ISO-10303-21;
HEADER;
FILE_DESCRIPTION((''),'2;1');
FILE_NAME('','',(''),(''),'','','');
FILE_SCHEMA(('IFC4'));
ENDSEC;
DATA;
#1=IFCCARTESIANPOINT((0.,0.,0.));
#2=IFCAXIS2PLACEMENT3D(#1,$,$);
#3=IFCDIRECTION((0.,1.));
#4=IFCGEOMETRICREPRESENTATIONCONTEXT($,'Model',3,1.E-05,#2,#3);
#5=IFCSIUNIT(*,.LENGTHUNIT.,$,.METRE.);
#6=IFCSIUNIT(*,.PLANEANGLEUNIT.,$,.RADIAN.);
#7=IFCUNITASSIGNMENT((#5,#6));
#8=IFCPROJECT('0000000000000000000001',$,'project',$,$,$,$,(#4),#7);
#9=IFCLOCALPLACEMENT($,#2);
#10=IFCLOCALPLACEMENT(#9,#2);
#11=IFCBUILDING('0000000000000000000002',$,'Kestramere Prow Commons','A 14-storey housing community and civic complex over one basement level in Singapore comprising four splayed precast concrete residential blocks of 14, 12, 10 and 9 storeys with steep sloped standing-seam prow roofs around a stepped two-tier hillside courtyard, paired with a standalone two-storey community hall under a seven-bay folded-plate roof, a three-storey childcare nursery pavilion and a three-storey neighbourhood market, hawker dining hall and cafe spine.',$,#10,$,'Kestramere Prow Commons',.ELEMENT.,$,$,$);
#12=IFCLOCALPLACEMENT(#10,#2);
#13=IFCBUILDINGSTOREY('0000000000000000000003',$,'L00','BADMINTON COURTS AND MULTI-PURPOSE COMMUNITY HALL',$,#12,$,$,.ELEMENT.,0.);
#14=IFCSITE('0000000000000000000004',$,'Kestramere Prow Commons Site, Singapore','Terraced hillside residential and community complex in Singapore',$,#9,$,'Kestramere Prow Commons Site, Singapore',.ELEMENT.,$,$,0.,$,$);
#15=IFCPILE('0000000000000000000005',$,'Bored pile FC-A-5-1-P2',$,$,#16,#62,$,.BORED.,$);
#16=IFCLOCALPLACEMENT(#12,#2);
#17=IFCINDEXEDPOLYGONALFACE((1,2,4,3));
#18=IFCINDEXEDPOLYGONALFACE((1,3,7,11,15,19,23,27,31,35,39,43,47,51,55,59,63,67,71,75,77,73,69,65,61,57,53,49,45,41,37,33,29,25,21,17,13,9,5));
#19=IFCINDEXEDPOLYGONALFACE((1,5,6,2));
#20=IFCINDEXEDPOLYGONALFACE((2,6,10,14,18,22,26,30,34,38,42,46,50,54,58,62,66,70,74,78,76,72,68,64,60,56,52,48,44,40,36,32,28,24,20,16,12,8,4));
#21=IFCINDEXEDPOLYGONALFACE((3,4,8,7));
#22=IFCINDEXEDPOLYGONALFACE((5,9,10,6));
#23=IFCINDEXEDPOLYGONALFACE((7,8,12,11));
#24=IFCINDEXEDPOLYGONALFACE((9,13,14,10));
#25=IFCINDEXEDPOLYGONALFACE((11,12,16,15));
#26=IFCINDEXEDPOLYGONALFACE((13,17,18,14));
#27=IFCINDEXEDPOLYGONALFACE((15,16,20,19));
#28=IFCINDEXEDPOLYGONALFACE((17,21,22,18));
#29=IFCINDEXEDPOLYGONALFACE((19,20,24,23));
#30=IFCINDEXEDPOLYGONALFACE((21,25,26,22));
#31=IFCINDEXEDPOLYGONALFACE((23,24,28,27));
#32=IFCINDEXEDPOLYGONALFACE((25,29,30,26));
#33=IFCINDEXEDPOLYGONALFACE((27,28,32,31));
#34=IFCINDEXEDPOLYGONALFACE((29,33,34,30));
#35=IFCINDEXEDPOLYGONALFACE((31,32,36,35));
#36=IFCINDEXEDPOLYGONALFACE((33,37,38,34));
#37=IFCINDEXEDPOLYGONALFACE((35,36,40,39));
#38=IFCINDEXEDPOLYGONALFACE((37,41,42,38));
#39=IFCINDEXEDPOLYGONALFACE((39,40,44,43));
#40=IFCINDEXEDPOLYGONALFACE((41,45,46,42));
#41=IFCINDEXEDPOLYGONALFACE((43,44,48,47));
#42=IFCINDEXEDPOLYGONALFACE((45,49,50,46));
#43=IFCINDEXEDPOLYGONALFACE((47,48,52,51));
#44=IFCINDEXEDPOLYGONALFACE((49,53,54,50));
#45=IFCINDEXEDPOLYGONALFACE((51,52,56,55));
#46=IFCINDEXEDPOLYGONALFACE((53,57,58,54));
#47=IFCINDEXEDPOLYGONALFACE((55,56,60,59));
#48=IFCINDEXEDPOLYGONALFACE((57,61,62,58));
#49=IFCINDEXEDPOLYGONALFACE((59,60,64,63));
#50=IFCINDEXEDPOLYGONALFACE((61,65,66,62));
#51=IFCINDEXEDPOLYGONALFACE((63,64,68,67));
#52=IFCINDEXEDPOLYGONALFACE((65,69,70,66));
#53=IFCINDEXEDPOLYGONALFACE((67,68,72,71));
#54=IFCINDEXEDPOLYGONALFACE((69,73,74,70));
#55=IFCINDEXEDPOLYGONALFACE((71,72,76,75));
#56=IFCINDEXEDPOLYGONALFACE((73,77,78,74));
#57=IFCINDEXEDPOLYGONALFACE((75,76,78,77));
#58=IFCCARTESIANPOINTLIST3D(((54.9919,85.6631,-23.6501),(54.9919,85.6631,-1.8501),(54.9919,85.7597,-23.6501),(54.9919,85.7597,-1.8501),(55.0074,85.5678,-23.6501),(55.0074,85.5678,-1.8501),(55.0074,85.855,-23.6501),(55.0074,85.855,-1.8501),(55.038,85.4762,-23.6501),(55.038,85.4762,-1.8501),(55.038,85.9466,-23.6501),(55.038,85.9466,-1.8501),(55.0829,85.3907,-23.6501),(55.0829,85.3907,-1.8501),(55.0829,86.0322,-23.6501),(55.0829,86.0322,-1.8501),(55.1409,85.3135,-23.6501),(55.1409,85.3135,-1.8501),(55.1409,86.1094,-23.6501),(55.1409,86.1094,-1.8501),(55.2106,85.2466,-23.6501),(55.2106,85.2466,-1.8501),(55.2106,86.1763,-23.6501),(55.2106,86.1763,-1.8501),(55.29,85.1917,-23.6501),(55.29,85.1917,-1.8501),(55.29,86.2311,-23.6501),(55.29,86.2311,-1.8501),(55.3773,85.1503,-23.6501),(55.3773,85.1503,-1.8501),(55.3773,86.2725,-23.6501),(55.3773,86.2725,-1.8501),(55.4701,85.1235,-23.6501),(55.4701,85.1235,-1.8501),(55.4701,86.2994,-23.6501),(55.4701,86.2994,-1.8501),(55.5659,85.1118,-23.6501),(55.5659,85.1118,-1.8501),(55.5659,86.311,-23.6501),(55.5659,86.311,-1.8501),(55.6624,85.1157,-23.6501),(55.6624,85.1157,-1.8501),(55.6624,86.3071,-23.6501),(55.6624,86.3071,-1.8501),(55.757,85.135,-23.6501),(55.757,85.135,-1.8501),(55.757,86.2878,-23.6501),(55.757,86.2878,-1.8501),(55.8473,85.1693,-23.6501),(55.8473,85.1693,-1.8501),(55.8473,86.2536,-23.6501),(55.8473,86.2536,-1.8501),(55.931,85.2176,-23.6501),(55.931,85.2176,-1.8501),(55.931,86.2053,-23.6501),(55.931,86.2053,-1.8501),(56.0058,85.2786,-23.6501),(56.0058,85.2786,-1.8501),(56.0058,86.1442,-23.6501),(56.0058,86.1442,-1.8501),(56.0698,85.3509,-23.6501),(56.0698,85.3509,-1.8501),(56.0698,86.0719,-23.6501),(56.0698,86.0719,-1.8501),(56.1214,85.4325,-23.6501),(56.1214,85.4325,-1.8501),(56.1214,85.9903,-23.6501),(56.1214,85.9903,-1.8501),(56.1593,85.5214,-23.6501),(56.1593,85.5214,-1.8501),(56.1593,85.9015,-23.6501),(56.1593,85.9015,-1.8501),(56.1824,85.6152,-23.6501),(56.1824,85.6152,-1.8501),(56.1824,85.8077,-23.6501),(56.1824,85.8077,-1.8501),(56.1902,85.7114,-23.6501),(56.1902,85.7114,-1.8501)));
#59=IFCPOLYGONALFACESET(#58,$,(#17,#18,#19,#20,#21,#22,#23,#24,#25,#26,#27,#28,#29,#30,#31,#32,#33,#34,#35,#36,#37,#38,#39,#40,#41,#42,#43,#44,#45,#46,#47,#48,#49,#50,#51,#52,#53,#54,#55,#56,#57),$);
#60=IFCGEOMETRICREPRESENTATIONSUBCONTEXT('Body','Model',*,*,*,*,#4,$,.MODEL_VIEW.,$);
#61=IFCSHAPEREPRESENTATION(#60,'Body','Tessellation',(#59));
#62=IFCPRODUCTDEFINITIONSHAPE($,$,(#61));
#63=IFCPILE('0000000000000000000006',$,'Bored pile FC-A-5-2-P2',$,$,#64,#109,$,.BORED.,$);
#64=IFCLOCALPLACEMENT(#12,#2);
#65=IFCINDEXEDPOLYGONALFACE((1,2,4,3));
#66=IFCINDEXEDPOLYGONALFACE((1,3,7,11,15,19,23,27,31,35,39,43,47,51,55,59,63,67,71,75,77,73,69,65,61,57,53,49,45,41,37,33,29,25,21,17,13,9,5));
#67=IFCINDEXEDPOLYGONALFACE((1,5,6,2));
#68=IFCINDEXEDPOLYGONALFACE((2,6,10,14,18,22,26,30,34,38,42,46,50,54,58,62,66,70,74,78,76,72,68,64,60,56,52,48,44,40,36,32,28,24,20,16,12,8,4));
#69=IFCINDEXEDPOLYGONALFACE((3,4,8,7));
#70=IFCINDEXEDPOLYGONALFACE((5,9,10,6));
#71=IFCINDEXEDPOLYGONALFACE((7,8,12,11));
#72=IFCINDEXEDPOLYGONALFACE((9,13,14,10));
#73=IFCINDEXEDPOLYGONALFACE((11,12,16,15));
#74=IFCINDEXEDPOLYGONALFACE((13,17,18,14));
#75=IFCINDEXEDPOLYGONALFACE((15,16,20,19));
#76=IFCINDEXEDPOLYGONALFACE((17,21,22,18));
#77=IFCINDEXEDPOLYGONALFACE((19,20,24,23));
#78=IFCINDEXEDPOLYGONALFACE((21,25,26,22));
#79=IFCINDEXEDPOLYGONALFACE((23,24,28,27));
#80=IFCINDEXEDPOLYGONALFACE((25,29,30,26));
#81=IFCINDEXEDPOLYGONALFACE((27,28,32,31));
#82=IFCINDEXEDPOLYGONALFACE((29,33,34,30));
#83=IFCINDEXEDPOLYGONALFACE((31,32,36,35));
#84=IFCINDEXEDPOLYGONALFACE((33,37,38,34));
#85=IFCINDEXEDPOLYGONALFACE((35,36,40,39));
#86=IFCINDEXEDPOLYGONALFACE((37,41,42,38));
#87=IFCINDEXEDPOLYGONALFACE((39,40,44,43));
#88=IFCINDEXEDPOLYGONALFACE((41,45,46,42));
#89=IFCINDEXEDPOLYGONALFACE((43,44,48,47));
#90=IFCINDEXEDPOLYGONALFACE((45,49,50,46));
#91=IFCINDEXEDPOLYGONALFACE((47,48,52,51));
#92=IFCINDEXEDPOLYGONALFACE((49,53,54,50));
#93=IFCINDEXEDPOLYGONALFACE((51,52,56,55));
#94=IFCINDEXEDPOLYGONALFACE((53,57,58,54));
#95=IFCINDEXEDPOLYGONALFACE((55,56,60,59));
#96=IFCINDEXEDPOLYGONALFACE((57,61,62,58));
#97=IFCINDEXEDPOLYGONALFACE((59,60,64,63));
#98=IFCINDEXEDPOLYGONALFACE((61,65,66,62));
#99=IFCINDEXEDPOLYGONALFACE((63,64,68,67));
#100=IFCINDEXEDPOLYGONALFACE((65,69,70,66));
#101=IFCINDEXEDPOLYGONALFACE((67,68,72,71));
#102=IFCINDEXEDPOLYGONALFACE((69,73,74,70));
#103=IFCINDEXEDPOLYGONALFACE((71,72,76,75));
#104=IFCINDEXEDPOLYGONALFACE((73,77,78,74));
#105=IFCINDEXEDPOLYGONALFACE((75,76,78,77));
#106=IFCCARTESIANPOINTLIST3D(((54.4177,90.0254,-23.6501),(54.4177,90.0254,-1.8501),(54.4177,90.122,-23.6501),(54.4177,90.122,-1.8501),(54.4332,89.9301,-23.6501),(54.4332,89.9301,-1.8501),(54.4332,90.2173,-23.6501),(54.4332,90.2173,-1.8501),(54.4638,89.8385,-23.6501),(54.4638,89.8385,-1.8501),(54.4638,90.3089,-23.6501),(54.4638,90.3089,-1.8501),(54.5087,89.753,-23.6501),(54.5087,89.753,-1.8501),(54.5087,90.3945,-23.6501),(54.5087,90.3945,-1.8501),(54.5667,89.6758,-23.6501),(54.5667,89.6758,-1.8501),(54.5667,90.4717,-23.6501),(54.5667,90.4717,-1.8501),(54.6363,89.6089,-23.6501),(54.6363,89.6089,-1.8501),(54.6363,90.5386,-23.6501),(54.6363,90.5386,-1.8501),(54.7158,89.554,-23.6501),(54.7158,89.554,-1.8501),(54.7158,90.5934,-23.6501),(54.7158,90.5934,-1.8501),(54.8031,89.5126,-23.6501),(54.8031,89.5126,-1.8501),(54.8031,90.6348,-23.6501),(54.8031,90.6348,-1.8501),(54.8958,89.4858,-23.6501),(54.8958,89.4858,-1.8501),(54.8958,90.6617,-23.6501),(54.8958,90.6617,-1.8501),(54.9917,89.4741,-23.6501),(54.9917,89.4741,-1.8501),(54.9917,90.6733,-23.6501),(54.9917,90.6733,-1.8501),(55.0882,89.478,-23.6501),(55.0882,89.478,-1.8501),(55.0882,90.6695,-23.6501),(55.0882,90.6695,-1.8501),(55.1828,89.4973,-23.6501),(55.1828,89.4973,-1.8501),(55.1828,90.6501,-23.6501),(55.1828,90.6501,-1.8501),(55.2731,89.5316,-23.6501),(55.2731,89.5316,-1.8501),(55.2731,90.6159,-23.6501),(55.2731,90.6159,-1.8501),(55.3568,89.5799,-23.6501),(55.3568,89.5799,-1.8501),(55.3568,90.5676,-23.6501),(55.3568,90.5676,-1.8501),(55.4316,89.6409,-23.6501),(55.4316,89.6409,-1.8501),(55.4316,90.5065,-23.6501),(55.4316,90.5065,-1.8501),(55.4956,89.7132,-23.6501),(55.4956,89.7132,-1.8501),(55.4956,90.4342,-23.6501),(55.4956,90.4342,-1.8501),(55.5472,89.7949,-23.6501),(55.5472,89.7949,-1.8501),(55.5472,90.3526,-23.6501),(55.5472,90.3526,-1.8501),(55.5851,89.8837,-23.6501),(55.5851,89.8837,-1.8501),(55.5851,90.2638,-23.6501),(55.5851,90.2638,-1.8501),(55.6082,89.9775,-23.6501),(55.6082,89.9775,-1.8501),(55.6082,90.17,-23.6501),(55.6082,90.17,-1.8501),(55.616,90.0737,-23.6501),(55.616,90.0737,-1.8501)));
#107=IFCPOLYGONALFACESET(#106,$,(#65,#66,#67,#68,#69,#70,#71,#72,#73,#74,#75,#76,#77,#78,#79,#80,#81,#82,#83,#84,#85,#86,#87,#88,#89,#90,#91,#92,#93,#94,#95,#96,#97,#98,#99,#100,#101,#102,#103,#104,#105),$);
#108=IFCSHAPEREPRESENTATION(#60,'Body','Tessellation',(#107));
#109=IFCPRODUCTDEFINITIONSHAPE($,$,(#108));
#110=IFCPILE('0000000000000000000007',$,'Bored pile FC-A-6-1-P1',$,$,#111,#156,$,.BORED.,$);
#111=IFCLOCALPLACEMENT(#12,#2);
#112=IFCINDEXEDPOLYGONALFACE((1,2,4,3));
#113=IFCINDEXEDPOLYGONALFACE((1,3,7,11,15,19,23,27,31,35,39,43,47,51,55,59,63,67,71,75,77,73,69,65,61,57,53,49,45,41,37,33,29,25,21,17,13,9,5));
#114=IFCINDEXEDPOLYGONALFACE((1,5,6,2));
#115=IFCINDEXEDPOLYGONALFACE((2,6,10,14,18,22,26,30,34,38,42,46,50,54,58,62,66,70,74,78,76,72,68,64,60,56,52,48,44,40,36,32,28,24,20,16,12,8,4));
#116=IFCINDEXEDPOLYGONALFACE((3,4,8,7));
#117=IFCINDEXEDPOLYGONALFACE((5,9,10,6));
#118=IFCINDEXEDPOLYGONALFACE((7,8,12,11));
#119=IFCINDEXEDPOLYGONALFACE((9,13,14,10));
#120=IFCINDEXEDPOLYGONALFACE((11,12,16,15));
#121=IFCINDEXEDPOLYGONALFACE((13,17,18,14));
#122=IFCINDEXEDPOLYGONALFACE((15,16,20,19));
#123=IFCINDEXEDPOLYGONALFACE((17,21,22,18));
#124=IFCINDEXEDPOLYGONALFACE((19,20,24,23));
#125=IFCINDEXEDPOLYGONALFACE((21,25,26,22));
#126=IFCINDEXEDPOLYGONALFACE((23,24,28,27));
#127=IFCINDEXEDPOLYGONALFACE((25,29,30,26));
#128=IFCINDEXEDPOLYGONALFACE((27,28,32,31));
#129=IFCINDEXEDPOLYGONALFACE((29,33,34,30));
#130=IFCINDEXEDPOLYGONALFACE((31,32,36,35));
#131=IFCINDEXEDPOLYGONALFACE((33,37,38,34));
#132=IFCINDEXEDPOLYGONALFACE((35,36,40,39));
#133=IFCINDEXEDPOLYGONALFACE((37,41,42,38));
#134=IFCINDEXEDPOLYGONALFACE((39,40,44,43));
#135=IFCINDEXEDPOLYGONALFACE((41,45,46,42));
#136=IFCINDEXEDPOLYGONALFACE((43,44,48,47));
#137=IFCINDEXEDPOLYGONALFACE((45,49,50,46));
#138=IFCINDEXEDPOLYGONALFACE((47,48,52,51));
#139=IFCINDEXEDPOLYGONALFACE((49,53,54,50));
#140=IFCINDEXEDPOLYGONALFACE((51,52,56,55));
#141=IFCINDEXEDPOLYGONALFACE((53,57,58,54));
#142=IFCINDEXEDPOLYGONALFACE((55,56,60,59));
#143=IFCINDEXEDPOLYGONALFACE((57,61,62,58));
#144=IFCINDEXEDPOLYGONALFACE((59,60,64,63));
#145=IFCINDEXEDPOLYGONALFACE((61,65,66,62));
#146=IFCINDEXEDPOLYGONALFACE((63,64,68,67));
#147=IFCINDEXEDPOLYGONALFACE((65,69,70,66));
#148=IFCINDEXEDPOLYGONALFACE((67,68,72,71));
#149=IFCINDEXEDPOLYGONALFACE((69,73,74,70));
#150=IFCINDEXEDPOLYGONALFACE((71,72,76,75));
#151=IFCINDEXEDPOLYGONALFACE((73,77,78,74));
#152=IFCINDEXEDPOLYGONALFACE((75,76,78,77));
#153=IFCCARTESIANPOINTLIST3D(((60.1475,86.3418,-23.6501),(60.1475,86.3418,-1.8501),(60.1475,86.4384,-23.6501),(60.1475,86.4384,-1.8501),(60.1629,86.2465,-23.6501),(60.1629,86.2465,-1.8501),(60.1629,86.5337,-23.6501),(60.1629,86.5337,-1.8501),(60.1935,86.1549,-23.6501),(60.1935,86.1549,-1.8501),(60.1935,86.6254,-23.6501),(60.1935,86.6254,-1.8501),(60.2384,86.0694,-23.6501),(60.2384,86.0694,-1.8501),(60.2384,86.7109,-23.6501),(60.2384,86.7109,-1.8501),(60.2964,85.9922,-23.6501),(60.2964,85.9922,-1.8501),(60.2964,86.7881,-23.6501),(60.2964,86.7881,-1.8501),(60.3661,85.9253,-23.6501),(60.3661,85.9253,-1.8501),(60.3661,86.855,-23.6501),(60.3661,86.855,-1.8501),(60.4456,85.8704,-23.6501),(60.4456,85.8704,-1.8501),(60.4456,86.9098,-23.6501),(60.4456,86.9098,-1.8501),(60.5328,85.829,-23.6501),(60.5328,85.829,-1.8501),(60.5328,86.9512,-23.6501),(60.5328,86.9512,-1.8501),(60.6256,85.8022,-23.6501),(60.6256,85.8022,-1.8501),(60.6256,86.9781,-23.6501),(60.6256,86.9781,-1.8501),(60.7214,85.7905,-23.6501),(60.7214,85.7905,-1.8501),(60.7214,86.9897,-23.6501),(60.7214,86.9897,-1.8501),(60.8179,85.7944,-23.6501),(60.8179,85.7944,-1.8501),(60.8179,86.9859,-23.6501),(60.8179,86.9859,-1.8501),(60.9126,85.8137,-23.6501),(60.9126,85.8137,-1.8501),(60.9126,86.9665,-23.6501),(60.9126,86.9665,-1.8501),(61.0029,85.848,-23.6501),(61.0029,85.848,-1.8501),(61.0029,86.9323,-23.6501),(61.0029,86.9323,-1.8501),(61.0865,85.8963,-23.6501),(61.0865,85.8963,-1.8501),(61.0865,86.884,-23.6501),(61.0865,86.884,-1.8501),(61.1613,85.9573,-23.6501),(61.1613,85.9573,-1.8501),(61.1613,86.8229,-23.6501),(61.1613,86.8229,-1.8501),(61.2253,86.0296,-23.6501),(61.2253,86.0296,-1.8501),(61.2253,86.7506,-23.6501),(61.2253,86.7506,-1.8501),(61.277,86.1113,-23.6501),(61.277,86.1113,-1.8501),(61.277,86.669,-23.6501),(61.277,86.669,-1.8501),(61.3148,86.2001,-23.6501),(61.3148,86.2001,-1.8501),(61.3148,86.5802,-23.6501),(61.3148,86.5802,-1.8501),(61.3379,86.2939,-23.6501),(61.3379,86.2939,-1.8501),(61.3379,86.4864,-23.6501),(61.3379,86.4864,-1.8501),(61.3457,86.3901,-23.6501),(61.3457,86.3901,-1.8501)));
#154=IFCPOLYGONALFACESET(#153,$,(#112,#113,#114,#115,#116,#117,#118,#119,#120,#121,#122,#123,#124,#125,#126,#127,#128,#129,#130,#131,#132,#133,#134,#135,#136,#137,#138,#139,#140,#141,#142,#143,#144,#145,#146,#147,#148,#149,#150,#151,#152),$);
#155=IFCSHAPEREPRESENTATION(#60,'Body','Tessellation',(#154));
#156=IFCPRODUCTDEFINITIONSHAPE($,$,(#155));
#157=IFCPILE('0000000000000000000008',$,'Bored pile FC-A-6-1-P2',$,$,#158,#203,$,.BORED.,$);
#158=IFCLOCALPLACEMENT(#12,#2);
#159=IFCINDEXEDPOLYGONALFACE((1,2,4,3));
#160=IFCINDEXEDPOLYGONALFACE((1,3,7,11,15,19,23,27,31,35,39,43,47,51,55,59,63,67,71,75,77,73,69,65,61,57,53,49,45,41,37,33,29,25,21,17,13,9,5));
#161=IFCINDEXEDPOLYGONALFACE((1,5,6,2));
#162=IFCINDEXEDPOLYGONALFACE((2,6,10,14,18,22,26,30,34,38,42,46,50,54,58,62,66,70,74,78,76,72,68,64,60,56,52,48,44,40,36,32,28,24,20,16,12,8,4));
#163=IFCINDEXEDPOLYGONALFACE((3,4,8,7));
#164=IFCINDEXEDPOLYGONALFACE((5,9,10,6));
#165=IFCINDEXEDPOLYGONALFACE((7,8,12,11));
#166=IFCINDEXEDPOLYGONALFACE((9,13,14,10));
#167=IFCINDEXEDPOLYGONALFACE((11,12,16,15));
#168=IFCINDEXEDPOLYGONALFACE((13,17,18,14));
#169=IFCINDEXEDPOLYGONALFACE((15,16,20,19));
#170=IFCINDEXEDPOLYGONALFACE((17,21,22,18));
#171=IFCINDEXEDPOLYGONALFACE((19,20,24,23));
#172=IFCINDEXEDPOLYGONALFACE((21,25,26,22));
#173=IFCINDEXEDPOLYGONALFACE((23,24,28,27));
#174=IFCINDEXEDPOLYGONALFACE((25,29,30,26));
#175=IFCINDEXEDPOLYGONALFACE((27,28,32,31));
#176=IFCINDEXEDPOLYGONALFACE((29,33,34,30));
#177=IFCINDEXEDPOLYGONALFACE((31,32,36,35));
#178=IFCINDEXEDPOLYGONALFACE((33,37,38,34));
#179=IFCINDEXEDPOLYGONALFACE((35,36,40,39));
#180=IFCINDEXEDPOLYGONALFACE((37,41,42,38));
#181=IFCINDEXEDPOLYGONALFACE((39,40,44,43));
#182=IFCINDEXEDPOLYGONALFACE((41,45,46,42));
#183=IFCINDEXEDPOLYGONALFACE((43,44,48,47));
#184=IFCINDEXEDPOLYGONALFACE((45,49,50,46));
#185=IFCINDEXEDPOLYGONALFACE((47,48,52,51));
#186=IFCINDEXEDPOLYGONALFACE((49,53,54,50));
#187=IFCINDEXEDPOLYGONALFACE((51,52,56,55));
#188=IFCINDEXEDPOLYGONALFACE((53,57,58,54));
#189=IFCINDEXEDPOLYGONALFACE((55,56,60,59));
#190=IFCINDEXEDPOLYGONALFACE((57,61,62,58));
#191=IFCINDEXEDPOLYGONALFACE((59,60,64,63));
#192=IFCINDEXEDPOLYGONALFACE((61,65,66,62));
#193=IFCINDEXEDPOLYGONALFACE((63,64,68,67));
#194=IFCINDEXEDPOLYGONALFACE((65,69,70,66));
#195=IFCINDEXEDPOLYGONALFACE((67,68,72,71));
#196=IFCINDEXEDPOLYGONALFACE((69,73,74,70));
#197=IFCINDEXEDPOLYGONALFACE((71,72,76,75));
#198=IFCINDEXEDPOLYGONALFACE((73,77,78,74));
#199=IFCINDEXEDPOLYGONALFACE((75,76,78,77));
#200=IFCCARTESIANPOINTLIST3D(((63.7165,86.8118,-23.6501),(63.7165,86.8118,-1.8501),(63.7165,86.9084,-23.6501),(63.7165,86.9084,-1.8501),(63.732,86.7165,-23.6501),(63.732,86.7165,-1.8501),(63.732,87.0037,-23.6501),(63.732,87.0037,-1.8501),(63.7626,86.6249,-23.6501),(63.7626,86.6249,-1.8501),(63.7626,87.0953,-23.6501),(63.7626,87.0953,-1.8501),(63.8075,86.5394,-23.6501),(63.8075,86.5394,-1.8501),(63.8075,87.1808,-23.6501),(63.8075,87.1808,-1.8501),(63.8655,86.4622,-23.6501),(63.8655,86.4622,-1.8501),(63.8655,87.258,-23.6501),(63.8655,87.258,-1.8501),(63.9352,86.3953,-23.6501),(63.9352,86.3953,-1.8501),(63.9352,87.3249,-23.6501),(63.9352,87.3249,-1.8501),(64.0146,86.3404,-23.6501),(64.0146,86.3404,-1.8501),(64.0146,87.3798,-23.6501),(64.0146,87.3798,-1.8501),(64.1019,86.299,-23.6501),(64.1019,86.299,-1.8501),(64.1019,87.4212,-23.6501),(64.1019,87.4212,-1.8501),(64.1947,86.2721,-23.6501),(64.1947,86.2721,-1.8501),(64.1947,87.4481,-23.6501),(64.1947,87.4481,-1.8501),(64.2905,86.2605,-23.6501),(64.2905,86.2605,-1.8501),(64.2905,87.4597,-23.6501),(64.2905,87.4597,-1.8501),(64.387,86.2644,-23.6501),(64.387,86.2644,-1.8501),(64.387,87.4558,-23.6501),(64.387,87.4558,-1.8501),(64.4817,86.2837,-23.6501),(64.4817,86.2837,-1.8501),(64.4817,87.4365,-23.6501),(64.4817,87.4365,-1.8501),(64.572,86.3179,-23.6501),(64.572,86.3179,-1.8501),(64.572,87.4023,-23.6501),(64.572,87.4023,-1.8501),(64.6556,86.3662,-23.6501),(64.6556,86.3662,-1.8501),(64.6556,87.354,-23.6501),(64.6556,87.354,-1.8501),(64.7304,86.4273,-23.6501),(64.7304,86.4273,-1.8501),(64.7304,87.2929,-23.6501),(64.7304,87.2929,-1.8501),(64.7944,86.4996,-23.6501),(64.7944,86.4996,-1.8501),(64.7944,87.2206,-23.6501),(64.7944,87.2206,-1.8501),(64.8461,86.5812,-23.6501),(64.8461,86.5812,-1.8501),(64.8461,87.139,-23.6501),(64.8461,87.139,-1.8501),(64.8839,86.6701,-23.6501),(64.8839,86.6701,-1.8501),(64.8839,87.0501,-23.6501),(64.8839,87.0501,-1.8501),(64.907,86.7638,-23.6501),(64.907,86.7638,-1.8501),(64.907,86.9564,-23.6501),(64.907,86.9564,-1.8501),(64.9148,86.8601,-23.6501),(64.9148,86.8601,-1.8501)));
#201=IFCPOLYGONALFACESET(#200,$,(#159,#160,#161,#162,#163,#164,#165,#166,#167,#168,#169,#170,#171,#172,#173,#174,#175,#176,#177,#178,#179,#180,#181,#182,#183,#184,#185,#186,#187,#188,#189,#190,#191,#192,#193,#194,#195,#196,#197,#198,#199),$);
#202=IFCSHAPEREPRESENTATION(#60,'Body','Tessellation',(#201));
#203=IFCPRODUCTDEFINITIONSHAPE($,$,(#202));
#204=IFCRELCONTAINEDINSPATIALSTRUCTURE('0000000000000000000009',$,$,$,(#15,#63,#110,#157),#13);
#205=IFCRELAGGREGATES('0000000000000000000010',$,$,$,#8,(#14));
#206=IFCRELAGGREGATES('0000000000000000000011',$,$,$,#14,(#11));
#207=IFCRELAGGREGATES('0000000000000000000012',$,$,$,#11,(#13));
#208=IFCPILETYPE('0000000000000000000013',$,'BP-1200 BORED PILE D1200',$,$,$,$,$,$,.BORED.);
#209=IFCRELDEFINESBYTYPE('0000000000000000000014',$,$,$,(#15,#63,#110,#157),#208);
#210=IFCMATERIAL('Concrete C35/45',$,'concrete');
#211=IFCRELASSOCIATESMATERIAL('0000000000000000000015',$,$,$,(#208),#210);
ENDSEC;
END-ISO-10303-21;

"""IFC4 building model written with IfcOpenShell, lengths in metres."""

from ifc_helpers import new_model, si_unit, direction, frame, origin, origin_2d, place, context, subcontext, project, spatial, circle, extrude, material, material_profile, profile_set, type_object, element, save


model = new_model("IFC4")

# Units and contexts
model_context = context("Model", 3, precision=1e-05, world=origin(), true_north=direction((0.0, 1.0)))
body_context = subcontext(model_context, "Body", "Model", "MODEL_VIEW")
ifc_project = project(units=[si_unit("LENGTHUNIT", "METRE"), si_unit("PLANEANGLEUNIT", "RADIAN")], contexts=[model_context])

# Site, building, storey
site_placement = place(None, origin())
site = spatial("IfcSite", under=ifc_project, at=site_placement, Name="Kestramere Prow Commons Site, Singapore", Description="Terraced hillside residential and community complex in Singapore", LongName="Kestramere Prow Commons Site, Singapore", CompositionType="ELEMENT", RefElevation=0.0)
building_placement = place(site_placement, origin())
building = spatial("IfcBuilding", under=site, at=building_placement, Name="Kestramere Prow Commons", Description="A 14-storey housing community and civic complex over one basement level in Singapore comprising four splayed precast concrete residential blocks of 14, 12, 10 and 9 storeys with steep sloped standing-seam prow roofs around a stepped two-tier hillside courtyard, paired with a standalone two-storey community hall under a seven-bay folded-plate roof, a three-storey childcare nursery pavilion and a three-storey neighbourhood market, hawker dining hall and cafe spine.", LongName="Kestramere Prow Commons", CompositionType="ELEMENT")
storey_placement = place(building_placement, origin())
storey = spatial("IfcBuildingStorey", under=building, at=storey_placement, Name="L00", Description="BADMINTON COURTS AND MULTI-PURPOSE COMMUNITY HALL", CompositionType="ELEMENT", Elevation=0.0)

# Piles
ifc_material_1 = material(Name="Concrete C35/45", Category="concrete")
ifc_material_profile_1 = material_profile(ifc_material_1, circle(Radius=0.6001, at=origin_2d()), Name="BORED PILE D1200")
ifc_profile_set_1 = profile_set([ifc_material_profile_1], Name="Concrete C35/45")
pile_type_1 = type_object("IfcPileType", Name="BP-1200 BORED PILE D1200", PredefinedType="BORED", material=ifc_profile_set_1)
for number, where, z_axis, x_axis, name in (
    (1, (55.5901, 85.7114, -1.8501), (0.0, 0.0, -1.0), (1.0, 0.0, 0.0), "Bored pile FC-A-5-1-P2"),
    (2, (55.0159, 90.0737, -1.8501), (0.0, 0.0, -1.0), (1.0, 0.0, 0.0), "Bored pile FC-A-5-2-P2"),
    (3, (60.7456, 86.3901, -1.8501), (0.0, 0.0, -1.0), (1.0, 0.0, 0.0), "Bored pile FC-A-6-1-P1"),
    (4, (64.3147, 86.8601, -1.8501), (0.0, 0.0, -1.0), (1.0, 0.0, 0.0), "Bored pile FC-A-6-1-P2"),
):
    element("IfcPile", number, at=place(storey_placement, frame(where, z_axis=z_axis, x_axis=x_axis)), inside=storey, type_object=pile_type_1, Name=name, PredefinedType="BORED", context=body_context, shape_type="SweptSolid", body=[
        extrude(circle(Radius=0.6001, at=origin_2d()), origin(), (0.0, 0.0, 1.0), 21.8),
    ])

save(model, "model.ifc")
